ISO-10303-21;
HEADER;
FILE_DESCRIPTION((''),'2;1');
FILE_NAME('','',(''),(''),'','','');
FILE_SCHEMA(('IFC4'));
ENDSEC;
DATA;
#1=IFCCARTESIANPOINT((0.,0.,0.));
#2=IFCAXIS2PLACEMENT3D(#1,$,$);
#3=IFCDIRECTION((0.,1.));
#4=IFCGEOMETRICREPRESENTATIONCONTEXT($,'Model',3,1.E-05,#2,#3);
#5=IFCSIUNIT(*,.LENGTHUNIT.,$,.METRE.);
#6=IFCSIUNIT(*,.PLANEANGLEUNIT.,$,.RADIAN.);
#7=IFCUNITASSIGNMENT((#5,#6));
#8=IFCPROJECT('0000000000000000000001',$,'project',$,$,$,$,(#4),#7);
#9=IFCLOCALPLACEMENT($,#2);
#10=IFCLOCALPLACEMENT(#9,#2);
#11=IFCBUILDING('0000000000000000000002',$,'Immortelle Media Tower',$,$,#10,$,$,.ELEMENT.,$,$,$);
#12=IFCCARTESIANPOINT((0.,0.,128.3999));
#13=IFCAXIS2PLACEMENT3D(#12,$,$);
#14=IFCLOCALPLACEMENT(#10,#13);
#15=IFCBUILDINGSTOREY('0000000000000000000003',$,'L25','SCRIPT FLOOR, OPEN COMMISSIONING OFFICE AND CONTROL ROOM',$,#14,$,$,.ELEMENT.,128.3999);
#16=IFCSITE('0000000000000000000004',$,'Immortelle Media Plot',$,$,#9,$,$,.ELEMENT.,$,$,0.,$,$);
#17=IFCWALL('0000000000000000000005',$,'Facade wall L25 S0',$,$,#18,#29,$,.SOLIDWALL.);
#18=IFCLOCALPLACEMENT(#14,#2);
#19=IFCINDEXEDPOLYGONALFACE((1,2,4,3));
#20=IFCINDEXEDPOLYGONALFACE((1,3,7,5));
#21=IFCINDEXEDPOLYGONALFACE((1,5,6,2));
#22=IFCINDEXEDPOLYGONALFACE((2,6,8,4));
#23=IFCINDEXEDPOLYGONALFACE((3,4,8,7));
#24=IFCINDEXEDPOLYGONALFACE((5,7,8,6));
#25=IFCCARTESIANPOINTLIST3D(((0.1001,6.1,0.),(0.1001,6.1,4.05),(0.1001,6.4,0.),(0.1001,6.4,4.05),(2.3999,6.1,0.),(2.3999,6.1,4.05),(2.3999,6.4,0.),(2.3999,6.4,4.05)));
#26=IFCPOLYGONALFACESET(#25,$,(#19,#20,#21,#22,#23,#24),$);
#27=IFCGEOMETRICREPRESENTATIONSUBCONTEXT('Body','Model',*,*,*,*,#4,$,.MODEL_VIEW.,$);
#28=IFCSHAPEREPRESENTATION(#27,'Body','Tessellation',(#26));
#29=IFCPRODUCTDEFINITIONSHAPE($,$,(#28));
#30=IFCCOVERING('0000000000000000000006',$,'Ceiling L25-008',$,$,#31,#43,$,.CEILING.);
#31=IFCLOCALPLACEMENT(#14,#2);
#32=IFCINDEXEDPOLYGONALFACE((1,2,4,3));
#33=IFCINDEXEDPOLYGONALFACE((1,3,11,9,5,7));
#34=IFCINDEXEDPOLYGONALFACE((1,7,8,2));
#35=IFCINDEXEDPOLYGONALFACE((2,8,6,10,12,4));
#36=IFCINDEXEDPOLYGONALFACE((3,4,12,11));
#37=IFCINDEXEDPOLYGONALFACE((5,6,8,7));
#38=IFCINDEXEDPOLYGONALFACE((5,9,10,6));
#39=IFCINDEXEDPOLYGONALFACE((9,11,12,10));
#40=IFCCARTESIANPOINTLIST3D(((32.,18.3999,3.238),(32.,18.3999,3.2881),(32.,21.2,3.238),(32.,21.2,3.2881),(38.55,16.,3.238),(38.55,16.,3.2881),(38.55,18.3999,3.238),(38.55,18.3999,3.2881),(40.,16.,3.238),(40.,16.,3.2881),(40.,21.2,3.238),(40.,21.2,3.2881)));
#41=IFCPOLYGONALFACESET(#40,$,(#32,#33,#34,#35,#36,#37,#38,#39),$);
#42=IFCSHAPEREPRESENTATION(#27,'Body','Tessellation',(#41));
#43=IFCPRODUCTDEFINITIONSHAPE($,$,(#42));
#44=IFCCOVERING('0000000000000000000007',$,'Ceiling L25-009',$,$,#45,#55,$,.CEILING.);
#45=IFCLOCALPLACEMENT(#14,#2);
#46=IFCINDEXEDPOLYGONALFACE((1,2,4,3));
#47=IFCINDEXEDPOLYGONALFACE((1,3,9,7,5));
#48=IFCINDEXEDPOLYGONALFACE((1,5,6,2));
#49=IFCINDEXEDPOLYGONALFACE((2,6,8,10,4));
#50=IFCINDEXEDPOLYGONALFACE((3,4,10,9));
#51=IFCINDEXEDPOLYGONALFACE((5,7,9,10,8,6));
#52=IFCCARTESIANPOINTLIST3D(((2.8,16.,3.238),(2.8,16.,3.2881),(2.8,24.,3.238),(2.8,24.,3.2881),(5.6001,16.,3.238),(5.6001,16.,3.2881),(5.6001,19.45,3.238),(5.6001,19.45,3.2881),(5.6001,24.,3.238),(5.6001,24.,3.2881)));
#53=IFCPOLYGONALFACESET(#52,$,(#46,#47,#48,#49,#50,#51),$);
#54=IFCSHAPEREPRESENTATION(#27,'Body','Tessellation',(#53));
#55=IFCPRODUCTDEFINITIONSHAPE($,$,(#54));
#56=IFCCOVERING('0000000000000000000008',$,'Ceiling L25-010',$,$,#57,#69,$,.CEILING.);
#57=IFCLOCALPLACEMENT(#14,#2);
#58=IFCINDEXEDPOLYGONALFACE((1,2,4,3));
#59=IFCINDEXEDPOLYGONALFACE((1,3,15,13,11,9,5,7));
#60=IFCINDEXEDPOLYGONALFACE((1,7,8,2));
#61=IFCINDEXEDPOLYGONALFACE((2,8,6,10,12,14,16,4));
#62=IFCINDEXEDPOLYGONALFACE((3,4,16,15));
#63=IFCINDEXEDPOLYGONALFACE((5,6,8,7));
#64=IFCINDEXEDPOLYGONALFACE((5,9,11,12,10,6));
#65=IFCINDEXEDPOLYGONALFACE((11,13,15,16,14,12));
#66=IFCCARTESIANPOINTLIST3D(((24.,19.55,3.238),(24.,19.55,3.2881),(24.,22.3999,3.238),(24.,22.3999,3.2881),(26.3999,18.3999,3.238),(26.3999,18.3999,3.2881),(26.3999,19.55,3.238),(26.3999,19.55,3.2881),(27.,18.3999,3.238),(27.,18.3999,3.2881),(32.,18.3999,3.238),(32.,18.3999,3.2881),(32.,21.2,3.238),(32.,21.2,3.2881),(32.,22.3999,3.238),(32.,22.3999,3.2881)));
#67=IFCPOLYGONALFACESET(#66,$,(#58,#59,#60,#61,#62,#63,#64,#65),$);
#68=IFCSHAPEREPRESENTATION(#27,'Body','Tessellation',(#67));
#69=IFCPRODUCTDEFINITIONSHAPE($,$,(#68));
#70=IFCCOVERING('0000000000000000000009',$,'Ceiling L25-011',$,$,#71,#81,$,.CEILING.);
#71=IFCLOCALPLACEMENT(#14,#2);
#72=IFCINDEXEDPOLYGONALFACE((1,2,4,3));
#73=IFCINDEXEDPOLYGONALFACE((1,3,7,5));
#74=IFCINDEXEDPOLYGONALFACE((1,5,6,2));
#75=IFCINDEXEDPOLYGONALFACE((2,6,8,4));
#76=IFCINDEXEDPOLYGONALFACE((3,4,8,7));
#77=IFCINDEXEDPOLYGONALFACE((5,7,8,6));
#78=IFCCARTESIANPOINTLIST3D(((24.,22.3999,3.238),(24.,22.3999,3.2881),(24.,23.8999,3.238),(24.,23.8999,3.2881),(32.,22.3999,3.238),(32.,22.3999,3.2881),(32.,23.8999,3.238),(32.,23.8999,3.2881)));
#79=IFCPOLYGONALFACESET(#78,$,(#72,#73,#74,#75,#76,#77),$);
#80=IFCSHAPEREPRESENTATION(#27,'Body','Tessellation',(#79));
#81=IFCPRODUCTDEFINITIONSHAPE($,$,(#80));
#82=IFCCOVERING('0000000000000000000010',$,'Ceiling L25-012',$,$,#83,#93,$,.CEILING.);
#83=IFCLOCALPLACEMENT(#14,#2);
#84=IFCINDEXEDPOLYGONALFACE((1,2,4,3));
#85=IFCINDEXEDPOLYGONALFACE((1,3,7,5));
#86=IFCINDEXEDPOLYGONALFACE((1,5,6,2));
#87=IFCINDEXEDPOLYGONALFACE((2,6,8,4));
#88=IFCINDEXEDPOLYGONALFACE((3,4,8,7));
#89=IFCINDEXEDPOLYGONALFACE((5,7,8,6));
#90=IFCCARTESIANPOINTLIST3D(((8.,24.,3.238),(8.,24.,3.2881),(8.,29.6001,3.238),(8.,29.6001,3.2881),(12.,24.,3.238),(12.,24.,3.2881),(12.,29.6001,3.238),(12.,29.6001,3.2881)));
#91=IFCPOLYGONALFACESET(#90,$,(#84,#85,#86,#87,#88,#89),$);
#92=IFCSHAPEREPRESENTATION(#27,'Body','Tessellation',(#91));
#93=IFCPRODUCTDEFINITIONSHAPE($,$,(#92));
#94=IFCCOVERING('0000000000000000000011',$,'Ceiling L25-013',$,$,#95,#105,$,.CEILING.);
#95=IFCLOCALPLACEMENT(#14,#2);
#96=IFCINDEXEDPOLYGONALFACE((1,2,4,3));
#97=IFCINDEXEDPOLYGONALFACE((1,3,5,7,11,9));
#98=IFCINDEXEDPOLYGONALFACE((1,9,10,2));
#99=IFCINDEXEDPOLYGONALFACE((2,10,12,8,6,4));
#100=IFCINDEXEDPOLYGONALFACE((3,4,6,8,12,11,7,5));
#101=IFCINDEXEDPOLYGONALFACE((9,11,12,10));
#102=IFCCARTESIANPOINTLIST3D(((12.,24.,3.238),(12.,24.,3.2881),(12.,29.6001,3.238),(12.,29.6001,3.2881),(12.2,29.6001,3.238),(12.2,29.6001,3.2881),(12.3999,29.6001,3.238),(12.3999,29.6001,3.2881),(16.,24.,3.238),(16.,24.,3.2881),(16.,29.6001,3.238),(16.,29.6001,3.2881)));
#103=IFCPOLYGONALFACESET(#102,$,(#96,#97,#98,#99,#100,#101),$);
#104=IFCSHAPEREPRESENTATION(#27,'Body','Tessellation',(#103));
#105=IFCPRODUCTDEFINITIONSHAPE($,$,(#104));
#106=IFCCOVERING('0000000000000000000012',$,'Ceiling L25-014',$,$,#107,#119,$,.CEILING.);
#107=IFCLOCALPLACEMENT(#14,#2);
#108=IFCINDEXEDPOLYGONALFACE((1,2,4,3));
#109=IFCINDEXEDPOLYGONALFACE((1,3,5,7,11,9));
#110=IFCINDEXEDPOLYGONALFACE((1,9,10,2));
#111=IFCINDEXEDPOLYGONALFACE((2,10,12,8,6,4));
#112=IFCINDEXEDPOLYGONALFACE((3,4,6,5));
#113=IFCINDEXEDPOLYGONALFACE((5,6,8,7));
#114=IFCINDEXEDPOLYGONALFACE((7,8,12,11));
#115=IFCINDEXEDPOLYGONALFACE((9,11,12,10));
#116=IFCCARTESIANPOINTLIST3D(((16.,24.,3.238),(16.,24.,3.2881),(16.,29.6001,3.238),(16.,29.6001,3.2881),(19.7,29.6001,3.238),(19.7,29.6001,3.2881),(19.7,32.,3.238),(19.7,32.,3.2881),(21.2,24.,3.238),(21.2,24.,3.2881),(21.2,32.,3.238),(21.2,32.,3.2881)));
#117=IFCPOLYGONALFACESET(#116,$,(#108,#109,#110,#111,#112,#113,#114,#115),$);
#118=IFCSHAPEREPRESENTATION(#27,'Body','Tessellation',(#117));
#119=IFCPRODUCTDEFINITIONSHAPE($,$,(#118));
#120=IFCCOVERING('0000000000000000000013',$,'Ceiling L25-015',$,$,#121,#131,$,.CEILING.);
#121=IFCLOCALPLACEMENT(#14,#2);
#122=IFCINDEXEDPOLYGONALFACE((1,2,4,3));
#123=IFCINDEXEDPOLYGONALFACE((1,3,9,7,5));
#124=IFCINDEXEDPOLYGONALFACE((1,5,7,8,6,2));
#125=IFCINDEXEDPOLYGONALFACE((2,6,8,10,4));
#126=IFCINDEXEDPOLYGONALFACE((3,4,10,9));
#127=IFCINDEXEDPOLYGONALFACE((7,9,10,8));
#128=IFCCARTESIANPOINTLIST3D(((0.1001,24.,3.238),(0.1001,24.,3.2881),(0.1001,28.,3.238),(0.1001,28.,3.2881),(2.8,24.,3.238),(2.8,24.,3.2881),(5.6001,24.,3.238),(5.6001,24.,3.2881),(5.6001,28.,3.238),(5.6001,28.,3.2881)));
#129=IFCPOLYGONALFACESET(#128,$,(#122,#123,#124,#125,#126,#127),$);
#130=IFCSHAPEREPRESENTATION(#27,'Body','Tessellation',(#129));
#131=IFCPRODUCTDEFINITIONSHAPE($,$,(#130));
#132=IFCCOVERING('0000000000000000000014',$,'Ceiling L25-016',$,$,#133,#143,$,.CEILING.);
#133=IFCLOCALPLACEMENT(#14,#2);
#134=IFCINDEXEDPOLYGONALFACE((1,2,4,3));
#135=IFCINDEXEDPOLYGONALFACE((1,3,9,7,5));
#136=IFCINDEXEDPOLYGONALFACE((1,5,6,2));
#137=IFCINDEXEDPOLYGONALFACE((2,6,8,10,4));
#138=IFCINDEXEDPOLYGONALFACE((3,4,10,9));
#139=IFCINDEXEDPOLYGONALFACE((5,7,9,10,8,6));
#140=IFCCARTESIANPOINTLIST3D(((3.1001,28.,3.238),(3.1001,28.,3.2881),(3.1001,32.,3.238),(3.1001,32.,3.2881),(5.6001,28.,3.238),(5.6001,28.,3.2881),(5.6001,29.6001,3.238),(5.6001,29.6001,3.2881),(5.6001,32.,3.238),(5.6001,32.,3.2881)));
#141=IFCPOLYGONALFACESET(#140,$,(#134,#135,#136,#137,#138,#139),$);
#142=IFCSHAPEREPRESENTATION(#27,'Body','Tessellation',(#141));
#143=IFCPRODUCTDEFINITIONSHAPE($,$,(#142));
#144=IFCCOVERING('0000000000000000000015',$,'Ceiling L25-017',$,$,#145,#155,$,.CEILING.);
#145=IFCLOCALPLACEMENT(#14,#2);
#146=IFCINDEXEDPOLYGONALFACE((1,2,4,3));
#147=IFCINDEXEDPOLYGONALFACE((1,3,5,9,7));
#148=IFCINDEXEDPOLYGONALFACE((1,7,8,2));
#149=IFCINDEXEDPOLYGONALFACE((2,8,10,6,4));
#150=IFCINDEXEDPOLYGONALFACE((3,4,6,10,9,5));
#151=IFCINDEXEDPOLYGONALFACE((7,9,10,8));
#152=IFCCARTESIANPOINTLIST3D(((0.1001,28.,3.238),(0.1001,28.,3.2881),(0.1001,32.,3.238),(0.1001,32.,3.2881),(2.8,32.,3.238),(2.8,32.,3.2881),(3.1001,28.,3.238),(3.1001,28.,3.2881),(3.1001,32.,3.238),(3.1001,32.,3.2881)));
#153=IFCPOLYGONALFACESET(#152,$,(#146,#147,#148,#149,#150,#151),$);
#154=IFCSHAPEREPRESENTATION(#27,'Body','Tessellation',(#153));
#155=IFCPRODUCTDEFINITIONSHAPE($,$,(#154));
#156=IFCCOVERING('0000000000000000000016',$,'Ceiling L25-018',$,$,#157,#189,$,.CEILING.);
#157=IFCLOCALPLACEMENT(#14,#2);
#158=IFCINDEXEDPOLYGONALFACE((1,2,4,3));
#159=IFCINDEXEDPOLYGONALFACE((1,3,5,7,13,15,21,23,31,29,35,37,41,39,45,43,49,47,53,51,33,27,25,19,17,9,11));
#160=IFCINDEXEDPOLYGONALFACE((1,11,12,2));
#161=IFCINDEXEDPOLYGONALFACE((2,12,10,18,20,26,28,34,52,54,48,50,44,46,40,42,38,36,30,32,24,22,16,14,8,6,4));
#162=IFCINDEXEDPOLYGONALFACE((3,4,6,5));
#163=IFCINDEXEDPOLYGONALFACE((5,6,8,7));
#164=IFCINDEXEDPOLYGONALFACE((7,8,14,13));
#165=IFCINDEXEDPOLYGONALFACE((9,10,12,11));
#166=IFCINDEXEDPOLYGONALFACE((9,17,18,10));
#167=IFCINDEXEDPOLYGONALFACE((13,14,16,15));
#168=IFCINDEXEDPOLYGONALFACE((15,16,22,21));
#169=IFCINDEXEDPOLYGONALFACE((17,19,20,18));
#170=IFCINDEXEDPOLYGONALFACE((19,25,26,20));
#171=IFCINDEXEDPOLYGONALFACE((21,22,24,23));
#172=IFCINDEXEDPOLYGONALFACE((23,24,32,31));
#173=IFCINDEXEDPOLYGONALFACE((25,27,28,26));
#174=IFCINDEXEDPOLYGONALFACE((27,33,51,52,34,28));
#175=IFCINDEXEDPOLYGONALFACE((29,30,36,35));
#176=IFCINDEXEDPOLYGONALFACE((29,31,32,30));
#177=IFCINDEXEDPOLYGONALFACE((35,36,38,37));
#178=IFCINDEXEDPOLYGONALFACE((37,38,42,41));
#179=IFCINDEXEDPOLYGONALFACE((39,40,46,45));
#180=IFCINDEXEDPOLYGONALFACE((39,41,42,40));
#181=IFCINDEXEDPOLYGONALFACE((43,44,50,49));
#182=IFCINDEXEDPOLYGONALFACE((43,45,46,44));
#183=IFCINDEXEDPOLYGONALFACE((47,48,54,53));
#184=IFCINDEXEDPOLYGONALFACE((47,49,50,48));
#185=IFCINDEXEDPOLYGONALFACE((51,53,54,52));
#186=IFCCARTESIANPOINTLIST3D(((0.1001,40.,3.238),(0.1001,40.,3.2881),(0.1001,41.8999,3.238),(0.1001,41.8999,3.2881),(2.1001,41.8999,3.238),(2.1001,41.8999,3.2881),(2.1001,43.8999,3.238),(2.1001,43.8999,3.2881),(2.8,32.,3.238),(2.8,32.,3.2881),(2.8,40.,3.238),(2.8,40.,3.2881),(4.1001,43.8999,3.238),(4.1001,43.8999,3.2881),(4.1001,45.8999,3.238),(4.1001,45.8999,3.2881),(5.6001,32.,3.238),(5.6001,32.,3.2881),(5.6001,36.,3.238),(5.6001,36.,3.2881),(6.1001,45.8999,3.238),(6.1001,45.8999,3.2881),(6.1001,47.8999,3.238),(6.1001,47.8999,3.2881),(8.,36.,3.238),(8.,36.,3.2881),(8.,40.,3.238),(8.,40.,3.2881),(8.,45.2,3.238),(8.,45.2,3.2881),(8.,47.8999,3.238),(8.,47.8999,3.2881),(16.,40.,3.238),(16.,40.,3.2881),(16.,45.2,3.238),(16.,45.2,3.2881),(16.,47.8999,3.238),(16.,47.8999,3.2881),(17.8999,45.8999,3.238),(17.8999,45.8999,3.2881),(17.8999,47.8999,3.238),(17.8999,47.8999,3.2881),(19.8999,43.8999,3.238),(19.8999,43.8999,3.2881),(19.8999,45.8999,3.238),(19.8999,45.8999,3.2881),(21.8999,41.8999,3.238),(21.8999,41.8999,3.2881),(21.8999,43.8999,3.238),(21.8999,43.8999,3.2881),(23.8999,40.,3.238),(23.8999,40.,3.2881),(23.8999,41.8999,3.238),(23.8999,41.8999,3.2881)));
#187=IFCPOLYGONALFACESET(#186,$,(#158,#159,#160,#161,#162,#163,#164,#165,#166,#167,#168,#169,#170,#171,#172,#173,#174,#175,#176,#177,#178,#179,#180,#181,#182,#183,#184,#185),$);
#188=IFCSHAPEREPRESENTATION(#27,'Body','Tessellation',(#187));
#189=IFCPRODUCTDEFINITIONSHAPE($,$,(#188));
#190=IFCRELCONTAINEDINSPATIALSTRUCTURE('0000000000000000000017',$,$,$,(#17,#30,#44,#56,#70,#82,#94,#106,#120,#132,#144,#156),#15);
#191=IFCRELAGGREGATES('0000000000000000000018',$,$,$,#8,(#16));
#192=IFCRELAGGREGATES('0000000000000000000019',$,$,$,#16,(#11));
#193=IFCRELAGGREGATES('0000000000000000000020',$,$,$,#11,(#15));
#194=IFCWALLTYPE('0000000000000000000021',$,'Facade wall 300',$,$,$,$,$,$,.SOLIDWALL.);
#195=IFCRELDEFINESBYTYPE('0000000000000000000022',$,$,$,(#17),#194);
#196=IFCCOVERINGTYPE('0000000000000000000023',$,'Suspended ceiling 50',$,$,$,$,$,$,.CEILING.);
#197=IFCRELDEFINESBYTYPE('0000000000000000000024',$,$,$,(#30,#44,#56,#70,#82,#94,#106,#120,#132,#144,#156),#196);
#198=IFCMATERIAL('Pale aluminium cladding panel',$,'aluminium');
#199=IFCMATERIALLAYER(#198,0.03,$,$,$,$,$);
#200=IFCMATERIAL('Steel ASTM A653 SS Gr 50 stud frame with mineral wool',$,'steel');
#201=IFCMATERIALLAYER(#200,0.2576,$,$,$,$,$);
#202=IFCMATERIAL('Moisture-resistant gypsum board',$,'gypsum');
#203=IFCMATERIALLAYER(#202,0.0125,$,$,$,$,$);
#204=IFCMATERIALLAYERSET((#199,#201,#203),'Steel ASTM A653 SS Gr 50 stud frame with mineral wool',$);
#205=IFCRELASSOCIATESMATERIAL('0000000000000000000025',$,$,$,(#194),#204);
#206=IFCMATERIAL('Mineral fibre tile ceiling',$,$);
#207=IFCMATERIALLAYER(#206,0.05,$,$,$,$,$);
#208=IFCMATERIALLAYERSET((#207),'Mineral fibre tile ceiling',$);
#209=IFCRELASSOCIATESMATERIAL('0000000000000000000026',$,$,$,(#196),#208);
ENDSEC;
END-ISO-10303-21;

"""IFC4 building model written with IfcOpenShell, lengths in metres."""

from ifc_helpers import new_model, si_unit, direction, frame, frame_2d, origin, place, context, subcontext, project, spatial, polyline, rectangle, outline, extrude, material, layer, layer_set, type_object, element, save


model = new_model("IFC4")

# Units and contexts
model_context = context("Model", 3, precision=1e-05, world=origin(), true_north=direction((0.0, 1.0)))
body_context = subcontext(model_context, "Body", "Model", "MODEL_VIEW")
ifc_project = project(units=[si_unit("LENGTHUNIT", "METRE"), si_unit("PLANEANGLEUNIT", "RADIAN")], contexts=[model_context])

# Site, building, storey
site_placement = place(None, origin())
site = spatial("IfcSite", under=ifc_project, at=site_placement, Name="Immortelle Media Plot", CompositionType="ELEMENT", RefElevation=0.0)
building_placement = place(site_placement, origin())
building = spatial("IfcBuilding", under=site, at=building_placement, Name="Immortelle Media Tower", CompositionType="ELEMENT")
storey_placement = place(building_placement, frame((0.0, 0.0, 128.3999)))
storey = spatial("IfcBuildingStorey", under=building, at=storey_placement, Name="L25", Description="SCRIPT FLOOR, OPEN COMMISSIONING OFFICE AND CONTROL ROOM", CompositionType="ELEMENT", Elevation=128.3999)

# Wall
ifc_material_1 = material(Name="Pale aluminium cladding panel", Category="aluminium")
ifc_layer_1 = layer(ifc_material_1, 0.03)
ifc_material_2 = material(Name="Steel ASTM A653 SS Gr 50 stud frame with mineral wool", Category="steel")
ifc_layer_2 = layer(ifc_material_2, 0.2576)
ifc_material_3 = material(Name="Moisture-resistant gypsum board", Category="gypsum")
ifc_layer_3 = layer(ifc_material_3, 0.0125)
ifc_layer_set_1 = layer_set([ifc_layer_1, ifc_layer_2, ifc_layer_3], Name="Steel ASTM A653 SS Gr 50 stud frame with mineral wool")
wall_type = type_object("IfcWallType", Name="Facade wall 300", PredefinedType="SOLIDWALL", material=ifc_layer_set_1)
wall_placement = place(storey_placement, frame((0.1001, 6.25, 0.0), z_axis=(0.0, 0.0, 1.0), x_axis=(1.0, 0.0, 0.0)))
element("IfcWall", 1, at=wall_placement, inside=storey, type_object=wall_type, Name="Facade wall L25 S0", PredefinedType="SOLIDWALL", context=body_context, shape_type="SweptSolid", body=[
    extrude(rectangle(XDim=2.2998, YDim=0.3, at=frame_2d((1.1499, 0.0))), origin(), (0.0, 0.0, 1.0), 4.05),
])

# Coverings
ifc_material_4 = material(Name="Mineral fibre tile ceiling")
ifc_layer_4 = layer(ifc_material_4, 0.05)
ifc_layer_set_2 = layer_set([ifc_layer_4], Name="Mineral fibre tile ceiling")
covering_type = type_object("IfcCoveringType", Name="Suspended ceiling 50", PredefinedType="CEILING", material=ifc_layer_set_2)
covering_1_placement = place(storey_placement, frame((0.0, 0.0, 3.238)))
element("IfcCovering", 2, at=covering_1_placement, inside=storey, type_object=covering_type, Name="Ceiling L25-008", PredefinedType="CEILING", context=body_context, shape_type="SweptSolid", body=[
    extrude(outline(polyline([(38.55, 16.0), (38.55, 18.3999), (32.0, 18.3999), (32.0, 21.2), (40.0, 21.2), (40.0, 16.0), (38.55, 16.0)])), origin(), (0.0, 0.0, 1.0), 0.05),
])
covering_2_placement = place(storey_placement, frame((0.0, 0.0, 3.238)))
element("IfcCovering", 3, at=covering_2_placement, inside=storey, type_object=covering_type, Name="Ceiling L25-009", PredefinedType="CEILING", context=body_context, shape_type="SweptSolid", body=[
    extrude(outline(polyline([(5.6001, 19.45), (5.6001, 16.0), (2.8, 16.0), (2.8, 24.0), (5.6001, 24.0), (5.6001, 19.45)])), origin(), (0.0, 0.0, 1.0), 0.05),
])
covering_3_placement = place(storey_placement, frame((0.0, 0.0, 3.238)))
element("IfcCovering", 4, at=covering_3_placement, inside=storey, type_object=covering_type, Name="Ceiling L25-010", PredefinedType="CEILING", context=body_context, shape_type="SweptSolid", body=[
    extrude(outline(polyline([(26.3999, 18.3999), (26.3999, 19.55), (24.0, 19.55), (24.0, 22.3999), (32.0, 22.3999), (32.0, 21.2), (32.0, 18.3999), (27.0, 18.3999), (26.3999, 18.3999)])), origin(), (0.0, 0.0, 1.0), 0.05),
])
covering_4_placement = place(storey_placement, frame((0.0, 0.0, 3.238)))
element("IfcCovering", 5, at=covering_4_placement, inside=storey, type_object=covering_type, Name="Ceiling L25-011", PredefinedType="CEILING", context=body_context, shape_type="SweptSolid", body=[
    extrude(outline(polyline([(24.0, 23.8999), (32.0, 23.8999), (32.0, 22.3999), (24.0, 22.3999), (24.0, 23.8999)])), origin(), (0.0, 0.0, 1.0), 0.05),
])
covering_5_placement = place(storey_placement, frame((0.0, 0.0, 3.238)))
element("IfcCovering", 6, at=covering_5_placement, inside=storey, type_object=covering_type, Name="Ceiling L25-012", PredefinedType="CEILING", context=body_context, shape_type="SweptSolid", body=[
    extrude(outline(polyline([(12.0, 29.6001), (12.0, 24.0), (8.0, 24.0), (8.0, 29.6001), (12.0, 29.6001)])), origin(), (0.0, 0.0, 1.0), 0.05),
])
covering_6_placement = place(storey_placement, frame((0.0, 0.0, 3.238)))
element("IfcCovering", 7, at=covering_6_placement, inside=storey, type_object=covering_type, Name="Ceiling L25-013", PredefinedType="CEILING", context=body_context, shape_type="SweptSolid", body=[
    extrude(outline(polyline([(12.2, 29.6001), (12.3999, 29.6001), (16.0, 29.6001), (16.0, 24.0), (12.0, 24.0), (12.0, 29.6001), (12.2, 29.6001)])), origin(), (0.0, 0.0, 1.0), 0.05),
])
covering_7_placement = place(storey_placement, frame((0.0, 0.0, 3.238)))
element("IfcCovering", 8, at=covering_7_placement, inside=storey, type_object=covering_type, Name="Ceiling L25-014", PredefinedType="CEILING", context=body_context, shape_type="SweptSolid", body=[
    extrude(outline(polyline([(19.7, 29.6001), (19.7, 32.0), (21.2, 32.0), (21.2, 24.0), (16.0, 24.0), (16.0, 29.6001), (19.7, 29.6001)])), origin(), (0.0, 0.0, 1.0), 0.05),
])
covering_8_placement = place(storey_placement, frame((0.0, 0.0, 3.238)))
element("IfcCovering", 9, at=covering_8_placement, inside=storey, type_object=covering_type, Name="Ceiling L25-015", PredefinedType="CEILING", context=body_context, shape_type="SweptSolid", body=[
    extrude(outline(polyline([(5.6001, 24.0), (2.8, 24.0), (0.1001, 24.0), (0.1001, 28.0), (5.6001, 28.0), (5.6001, 24.0)])), origin(), (0.0, 0.0, 1.0), 0.05),
])
covering_9_placement = place(storey_placement, frame((0.0, 0.0, 3.238)))
element("IfcCovering", 10, at=covering_9_placement, inside=storey, type_object=covering_type, Name="Ceiling L25-016", PredefinedType="CEILING", context=body_context, shape_type="SweptSolid", body=[
    extrude(outline(polyline([(3.1001, 28.0), (3.1001, 32.0), (5.6001, 32.0), (5.6001, 29.6001), (5.6001, 28.0), (3.1001, 28.0)])), origin(), (0.0, 0.0, 1.0), 0.05),
])
covering_10_placement = place(storey_placement, frame((0.0, 0.0, 3.238)))
element("IfcCovering", 11, at=covering_10_placement, inside=storey, type_object=covering_type, Name="Ceiling L25-017", PredefinedType="CEILING", context=body_context, shape_type="SweptSolid", body=[
    extrude(outline(polyline([(0.1001, 28.0), (0.1001, 32.0), (2.8, 32.0), (3.1001, 32.0), (3.1001, 28.0), (0.1001, 28.0)])), origin(), (0.0, 0.0, 1.0), 0.05),
])
covering_11_placement = place(storey_placement, frame((0.0, 0.0, 3.238)))
element("IfcCovering", 12, at=covering_11_placement, inside=storey, type_object=covering_type, Name="Ceiling L25-018", PredefinedType="CEILING", context=body_context, shape_type="SweptSolid", body=[
    extrude(outline(polyline([(2.8, 40.0), (0.1001, 40.0), (0.1001, 41.8999), (2.1001, 41.8999), (2.1001, 43.8999), (4.1001, 43.8999), (4.1001, 45.8999), (6.1001, 45.8999), (6.1001, 47.8999), (8.0, 47.8999), (8.0, 45.2), (16.0, 45.2), (16.0, 47.8999), (17.8999, 47.8999), (17.8999, 45.8999), (19.8999, 45.8999), (19.8999, 43.8999), (21.8999, 43.8999), (21.8999, 41.8999), (23.8999, 41.8999), (23.8999, 40.0), (16.0, 40.0), (8.0, 40.0), (8.0, 36.0), (5.6001, 36.0), (5.6001, 32.0), (2.8, 32.0), (2.8, 40.0)])), origin(), (0.0, 0.0, 1.0), 0.05),
])

save(model, "model.ifc")
